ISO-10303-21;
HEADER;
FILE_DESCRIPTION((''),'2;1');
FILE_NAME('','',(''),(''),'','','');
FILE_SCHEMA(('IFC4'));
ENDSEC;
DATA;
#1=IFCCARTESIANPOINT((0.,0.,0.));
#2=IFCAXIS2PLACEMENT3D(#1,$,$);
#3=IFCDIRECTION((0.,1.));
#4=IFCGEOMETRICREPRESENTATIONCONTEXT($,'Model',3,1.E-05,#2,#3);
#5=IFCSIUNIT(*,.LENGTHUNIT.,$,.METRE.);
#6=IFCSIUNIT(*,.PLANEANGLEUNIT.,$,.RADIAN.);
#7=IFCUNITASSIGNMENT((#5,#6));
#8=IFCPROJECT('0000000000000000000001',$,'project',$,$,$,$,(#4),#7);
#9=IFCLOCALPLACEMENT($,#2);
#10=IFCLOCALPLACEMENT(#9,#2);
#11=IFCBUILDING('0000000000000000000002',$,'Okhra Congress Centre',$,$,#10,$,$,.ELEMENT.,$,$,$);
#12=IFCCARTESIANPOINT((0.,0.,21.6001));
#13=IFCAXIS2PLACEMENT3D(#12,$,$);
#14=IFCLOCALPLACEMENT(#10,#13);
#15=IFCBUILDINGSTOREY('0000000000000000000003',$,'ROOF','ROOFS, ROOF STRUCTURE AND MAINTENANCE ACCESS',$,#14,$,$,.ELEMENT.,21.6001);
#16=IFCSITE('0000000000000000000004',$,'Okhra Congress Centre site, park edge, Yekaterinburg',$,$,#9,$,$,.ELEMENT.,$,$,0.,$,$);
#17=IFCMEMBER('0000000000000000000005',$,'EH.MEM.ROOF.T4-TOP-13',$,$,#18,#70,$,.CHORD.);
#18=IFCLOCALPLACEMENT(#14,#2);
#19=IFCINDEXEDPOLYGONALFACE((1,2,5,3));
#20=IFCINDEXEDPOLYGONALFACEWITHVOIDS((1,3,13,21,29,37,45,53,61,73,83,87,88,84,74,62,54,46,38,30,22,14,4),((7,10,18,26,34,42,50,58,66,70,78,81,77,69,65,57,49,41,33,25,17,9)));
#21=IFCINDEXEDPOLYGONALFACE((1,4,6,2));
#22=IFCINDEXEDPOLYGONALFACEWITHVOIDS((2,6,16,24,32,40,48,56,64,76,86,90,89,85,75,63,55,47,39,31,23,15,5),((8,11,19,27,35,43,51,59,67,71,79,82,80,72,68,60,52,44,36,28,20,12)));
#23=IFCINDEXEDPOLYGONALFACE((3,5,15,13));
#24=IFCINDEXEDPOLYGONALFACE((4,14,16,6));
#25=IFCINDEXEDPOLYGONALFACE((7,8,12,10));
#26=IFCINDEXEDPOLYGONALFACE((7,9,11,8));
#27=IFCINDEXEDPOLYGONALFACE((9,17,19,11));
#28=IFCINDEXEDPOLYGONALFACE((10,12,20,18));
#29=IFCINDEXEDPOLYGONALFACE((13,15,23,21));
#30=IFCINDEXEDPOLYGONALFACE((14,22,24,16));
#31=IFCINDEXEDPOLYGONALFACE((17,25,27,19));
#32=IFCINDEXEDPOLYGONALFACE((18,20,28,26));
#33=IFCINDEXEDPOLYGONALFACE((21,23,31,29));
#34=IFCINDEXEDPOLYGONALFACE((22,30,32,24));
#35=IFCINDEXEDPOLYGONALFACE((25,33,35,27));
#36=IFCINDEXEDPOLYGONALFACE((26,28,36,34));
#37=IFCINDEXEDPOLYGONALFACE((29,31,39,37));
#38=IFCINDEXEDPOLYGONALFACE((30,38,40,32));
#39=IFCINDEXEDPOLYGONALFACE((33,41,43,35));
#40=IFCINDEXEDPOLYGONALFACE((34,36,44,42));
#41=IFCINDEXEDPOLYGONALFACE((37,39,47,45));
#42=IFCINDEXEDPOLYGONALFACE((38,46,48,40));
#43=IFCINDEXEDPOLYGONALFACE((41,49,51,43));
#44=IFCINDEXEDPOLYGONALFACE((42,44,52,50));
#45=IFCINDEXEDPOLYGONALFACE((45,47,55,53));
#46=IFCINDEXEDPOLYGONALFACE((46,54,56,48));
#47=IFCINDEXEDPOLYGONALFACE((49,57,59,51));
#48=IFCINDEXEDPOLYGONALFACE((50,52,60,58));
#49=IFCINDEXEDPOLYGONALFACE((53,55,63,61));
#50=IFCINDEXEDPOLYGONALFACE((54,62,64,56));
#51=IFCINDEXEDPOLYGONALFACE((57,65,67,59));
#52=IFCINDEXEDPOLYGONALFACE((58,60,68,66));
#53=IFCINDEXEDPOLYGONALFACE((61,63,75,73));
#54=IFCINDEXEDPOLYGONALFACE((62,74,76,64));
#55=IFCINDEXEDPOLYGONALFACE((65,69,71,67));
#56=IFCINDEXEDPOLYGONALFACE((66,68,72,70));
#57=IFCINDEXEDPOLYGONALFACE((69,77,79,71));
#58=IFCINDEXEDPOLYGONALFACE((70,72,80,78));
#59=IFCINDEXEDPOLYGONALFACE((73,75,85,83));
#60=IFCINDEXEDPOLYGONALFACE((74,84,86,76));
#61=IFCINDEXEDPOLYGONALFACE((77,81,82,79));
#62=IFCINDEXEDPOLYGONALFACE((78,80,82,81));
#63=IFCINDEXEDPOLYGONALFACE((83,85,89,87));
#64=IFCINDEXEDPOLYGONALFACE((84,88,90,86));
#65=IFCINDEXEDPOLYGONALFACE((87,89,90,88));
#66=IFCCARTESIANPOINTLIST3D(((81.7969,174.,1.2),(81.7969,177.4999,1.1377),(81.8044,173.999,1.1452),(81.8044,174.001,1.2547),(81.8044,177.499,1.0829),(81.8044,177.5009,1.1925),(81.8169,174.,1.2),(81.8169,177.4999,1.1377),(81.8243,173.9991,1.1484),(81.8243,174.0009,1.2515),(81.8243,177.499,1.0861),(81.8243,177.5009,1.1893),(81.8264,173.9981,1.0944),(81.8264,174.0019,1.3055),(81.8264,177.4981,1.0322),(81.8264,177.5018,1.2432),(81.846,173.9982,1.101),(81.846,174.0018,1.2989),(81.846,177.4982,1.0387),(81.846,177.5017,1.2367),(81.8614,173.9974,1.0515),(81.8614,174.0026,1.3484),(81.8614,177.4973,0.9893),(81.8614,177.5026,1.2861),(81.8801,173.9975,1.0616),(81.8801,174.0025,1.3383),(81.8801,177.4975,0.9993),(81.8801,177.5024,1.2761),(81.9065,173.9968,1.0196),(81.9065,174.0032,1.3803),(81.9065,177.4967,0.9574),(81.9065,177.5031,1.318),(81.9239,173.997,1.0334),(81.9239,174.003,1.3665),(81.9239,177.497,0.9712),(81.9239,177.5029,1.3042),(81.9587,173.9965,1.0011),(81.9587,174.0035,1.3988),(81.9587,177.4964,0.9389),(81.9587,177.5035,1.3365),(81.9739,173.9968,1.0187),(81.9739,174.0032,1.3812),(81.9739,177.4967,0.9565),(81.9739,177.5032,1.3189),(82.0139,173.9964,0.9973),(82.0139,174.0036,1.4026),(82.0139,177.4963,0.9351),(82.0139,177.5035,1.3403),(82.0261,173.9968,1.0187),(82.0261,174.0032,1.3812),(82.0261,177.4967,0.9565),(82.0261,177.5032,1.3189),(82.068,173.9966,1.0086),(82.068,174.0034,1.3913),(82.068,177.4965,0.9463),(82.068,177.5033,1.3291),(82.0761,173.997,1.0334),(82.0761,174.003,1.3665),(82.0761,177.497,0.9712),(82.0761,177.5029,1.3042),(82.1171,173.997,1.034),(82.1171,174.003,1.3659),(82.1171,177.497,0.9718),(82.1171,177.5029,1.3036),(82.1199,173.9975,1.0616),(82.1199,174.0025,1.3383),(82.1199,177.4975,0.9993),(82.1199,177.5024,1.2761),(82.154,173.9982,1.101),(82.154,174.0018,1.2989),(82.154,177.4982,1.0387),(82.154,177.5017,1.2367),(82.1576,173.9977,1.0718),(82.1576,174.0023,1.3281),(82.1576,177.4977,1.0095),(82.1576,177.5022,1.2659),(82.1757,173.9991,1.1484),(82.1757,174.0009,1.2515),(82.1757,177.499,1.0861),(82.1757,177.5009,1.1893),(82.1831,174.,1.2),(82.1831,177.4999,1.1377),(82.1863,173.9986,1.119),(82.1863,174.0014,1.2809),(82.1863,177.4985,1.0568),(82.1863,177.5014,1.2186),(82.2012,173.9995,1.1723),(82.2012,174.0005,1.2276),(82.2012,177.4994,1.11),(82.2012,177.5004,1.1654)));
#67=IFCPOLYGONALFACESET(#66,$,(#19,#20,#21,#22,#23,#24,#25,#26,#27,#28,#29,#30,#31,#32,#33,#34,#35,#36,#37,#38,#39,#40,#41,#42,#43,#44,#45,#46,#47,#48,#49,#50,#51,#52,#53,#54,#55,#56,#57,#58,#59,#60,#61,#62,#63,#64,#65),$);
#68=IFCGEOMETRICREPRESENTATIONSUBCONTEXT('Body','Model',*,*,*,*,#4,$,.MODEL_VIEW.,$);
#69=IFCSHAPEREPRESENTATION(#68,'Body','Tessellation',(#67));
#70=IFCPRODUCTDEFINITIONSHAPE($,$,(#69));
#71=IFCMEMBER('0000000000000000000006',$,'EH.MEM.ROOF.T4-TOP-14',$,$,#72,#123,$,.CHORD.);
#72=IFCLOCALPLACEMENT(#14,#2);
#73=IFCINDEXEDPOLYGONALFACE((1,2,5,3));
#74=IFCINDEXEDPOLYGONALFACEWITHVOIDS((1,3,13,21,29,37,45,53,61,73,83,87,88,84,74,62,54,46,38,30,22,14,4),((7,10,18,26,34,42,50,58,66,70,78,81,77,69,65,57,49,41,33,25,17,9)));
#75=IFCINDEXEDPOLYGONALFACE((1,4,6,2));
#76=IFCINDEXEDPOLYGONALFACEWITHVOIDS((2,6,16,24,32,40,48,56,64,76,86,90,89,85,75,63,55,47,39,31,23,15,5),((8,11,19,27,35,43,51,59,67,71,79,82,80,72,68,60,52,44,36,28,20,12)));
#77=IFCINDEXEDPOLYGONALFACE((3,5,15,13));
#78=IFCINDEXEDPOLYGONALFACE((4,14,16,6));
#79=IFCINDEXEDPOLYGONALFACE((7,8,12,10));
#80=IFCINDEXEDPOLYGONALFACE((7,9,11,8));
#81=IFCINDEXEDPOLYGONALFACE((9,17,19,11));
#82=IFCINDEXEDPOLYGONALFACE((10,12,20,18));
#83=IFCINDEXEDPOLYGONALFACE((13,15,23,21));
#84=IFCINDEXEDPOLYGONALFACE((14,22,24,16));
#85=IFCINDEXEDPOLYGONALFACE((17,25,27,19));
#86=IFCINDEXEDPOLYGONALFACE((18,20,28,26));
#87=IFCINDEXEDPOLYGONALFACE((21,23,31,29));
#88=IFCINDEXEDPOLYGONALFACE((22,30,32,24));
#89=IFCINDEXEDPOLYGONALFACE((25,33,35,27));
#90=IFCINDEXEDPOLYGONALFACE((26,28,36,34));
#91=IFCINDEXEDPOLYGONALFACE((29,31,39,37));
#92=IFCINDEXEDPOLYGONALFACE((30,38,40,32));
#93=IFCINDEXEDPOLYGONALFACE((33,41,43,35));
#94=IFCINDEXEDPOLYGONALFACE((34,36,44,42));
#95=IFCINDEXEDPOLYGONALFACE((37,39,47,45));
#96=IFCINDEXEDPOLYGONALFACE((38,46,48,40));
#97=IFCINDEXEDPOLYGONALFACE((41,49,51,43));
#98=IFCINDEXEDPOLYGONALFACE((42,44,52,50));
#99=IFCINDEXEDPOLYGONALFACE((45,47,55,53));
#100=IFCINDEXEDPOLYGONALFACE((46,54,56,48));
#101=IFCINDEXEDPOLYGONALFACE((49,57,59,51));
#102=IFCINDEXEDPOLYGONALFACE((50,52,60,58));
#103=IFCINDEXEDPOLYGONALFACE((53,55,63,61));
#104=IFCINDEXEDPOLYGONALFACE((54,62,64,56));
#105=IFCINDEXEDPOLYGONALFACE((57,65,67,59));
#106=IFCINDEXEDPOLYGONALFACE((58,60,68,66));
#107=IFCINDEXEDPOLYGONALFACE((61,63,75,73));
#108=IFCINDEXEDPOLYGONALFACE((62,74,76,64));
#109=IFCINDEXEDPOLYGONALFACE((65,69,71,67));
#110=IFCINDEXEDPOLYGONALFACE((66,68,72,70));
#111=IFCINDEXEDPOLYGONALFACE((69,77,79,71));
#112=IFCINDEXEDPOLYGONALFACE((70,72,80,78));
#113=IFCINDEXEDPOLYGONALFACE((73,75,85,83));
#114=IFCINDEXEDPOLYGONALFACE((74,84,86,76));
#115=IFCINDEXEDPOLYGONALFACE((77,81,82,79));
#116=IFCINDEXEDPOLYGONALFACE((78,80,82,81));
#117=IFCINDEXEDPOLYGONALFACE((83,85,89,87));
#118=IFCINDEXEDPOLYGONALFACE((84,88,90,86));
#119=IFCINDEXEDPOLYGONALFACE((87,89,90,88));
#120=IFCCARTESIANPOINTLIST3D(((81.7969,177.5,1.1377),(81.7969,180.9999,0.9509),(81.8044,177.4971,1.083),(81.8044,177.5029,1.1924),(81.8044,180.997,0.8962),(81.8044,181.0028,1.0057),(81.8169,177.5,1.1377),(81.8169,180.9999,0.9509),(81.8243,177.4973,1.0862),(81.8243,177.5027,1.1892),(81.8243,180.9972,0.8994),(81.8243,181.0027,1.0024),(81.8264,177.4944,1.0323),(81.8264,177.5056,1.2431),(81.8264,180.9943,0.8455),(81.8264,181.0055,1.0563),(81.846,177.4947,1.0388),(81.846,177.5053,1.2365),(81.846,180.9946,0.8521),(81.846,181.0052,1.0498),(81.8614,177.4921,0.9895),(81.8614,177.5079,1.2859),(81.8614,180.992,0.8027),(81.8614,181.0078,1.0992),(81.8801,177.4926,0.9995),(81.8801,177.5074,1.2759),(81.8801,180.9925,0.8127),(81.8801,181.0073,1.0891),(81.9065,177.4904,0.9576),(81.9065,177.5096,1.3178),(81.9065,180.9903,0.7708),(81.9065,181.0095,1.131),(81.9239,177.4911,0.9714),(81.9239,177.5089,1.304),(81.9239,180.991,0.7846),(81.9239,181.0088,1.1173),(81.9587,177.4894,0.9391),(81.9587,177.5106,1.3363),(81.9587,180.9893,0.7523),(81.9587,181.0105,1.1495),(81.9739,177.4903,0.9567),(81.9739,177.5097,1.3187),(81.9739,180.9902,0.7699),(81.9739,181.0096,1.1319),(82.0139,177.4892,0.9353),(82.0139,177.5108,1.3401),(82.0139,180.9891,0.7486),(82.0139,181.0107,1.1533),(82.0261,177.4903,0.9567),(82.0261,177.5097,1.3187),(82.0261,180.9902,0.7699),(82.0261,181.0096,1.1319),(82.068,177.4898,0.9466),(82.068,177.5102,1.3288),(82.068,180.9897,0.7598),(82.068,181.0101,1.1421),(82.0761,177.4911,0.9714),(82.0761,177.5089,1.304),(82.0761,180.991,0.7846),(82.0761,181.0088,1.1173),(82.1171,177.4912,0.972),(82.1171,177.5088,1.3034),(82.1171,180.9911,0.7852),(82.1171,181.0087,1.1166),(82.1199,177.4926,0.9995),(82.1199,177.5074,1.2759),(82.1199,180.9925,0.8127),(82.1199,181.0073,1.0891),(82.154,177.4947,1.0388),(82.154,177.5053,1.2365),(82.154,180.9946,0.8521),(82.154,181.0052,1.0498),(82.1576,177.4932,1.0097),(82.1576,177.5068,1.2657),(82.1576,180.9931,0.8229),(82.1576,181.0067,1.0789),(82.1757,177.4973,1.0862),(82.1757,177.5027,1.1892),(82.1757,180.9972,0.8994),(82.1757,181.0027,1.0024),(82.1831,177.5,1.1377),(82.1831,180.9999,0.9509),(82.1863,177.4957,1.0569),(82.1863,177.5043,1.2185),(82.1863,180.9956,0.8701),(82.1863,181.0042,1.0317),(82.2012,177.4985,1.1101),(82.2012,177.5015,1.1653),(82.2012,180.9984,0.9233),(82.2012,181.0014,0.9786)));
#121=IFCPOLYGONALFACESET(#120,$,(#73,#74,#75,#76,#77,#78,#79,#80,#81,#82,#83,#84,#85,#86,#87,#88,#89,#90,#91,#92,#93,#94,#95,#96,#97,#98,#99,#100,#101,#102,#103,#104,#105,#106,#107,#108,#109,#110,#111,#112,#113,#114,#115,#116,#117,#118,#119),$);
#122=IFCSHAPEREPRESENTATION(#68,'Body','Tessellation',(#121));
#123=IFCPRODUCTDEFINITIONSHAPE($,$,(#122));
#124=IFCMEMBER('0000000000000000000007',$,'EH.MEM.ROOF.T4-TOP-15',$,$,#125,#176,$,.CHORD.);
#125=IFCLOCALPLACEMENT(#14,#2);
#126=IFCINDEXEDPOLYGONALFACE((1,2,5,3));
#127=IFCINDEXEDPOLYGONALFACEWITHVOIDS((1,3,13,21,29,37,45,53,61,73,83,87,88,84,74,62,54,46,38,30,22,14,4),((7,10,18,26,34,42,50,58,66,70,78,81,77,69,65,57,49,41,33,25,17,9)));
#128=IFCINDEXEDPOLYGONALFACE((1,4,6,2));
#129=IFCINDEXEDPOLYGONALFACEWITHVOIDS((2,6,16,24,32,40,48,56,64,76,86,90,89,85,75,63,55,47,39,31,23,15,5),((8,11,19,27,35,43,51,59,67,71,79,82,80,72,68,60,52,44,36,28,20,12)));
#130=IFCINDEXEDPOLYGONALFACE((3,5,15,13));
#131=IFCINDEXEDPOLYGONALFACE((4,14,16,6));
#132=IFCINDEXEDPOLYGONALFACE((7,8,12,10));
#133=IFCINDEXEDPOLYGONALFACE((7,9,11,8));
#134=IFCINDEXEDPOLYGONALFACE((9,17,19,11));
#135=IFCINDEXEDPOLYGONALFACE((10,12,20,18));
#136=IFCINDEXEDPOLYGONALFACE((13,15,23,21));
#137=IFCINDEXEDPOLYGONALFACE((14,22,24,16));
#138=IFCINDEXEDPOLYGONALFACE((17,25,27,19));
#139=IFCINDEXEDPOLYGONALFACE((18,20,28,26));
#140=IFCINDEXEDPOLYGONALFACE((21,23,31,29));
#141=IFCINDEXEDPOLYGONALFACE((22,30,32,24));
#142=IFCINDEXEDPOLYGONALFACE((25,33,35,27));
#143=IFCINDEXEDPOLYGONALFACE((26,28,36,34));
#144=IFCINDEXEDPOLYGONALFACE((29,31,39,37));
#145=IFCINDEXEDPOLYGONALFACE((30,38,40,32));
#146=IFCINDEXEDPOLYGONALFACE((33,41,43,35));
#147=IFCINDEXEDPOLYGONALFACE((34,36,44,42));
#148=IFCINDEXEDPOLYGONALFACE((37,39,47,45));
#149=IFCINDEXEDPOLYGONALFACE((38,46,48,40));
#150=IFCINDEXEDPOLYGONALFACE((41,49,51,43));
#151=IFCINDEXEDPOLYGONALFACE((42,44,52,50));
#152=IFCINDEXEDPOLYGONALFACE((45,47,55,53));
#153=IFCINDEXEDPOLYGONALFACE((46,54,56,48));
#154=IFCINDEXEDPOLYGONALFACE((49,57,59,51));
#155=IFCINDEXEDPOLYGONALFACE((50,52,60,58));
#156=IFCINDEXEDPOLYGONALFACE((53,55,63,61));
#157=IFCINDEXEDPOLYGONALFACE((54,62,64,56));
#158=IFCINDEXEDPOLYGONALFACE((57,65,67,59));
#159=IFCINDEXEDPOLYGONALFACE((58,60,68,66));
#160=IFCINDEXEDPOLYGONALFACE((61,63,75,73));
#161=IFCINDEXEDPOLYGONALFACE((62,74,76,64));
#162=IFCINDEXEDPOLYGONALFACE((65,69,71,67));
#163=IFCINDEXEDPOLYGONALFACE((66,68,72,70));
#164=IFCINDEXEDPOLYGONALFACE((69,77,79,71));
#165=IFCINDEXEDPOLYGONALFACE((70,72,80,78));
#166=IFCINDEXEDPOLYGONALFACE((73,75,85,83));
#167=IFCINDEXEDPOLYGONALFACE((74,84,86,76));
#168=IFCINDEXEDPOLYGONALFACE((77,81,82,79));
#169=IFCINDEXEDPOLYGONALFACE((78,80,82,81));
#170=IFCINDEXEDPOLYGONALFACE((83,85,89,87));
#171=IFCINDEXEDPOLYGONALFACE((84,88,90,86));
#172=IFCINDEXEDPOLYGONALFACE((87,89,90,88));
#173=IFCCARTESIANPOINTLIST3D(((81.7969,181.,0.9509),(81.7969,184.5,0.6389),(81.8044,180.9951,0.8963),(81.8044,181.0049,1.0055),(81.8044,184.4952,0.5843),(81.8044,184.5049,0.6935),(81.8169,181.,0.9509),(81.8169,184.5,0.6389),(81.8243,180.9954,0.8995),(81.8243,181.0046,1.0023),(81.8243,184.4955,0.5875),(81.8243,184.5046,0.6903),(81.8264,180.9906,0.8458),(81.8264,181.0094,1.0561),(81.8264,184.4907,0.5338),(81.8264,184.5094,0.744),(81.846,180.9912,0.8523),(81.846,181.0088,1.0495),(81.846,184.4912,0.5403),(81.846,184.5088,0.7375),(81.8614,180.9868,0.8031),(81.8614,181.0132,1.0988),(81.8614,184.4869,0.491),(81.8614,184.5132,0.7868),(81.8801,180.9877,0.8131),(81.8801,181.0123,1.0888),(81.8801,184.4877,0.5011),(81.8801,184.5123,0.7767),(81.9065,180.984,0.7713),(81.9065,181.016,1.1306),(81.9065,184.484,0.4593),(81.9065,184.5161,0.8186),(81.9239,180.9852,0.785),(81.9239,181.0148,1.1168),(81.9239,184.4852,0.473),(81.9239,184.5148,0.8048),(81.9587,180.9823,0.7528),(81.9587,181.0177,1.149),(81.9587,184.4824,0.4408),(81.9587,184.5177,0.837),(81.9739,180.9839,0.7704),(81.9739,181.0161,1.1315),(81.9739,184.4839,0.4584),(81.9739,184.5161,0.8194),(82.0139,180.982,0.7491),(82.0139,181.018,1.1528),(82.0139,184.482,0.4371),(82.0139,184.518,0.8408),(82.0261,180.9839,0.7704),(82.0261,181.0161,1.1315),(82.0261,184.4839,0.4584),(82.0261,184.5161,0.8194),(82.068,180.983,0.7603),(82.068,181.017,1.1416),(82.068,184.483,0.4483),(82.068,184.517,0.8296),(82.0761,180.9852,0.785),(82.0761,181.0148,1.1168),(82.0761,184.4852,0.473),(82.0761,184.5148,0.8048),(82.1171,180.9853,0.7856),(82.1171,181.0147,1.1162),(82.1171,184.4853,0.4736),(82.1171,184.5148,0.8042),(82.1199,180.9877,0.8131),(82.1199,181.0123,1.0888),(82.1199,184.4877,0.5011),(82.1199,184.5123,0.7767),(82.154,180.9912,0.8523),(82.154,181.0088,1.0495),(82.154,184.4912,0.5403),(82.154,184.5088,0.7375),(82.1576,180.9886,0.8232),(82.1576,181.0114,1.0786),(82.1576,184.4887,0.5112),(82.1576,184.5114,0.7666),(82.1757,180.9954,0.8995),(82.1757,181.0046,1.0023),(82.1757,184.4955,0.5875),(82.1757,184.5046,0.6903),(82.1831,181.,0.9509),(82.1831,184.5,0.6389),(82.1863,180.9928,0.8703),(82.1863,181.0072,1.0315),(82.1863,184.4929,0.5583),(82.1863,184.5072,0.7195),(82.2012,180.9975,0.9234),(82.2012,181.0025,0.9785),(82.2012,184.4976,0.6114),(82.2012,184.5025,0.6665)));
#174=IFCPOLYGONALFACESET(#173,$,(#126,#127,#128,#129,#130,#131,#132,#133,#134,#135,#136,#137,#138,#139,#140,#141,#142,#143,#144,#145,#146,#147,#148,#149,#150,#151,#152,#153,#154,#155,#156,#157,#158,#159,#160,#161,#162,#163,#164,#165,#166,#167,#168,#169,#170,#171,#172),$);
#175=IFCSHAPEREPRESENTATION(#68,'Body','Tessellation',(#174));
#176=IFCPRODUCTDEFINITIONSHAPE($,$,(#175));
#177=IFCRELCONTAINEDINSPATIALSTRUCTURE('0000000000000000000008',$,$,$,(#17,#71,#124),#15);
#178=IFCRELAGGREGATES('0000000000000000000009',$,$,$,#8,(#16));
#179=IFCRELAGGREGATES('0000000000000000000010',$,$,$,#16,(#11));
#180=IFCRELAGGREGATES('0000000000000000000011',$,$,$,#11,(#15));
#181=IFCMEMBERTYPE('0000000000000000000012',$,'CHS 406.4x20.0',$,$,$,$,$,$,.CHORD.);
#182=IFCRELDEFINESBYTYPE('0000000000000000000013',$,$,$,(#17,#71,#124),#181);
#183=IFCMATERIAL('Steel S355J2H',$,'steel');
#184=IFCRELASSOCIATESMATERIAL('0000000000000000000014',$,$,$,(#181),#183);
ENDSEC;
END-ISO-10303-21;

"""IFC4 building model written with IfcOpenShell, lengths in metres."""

from ifc_helpers import new_model, si_unit, direction, frame, origin, origin_2d, place, context, subcontext, project, spatial, hollow_circle, extrude, material, material_profile, profile_set, type_object, element, save


model = new_model("IFC4")

# Units and contexts
model_context = context("Model", 3, precision=1e-05, world=origin(), true_north=direction((0.0, 1.0)))
body_context = subcontext(model_context, "Body", "Model", "MODEL_VIEW")
ifc_project = project(units=[si_unit("LENGTHUNIT", "METRE"), si_unit("PLANEANGLEUNIT", "RADIAN")], contexts=[model_context])

# Site, building, storey
site_placement = place(None, origin())
site = spatial("IfcSite", under=ifc_project, at=site_placement, Name="Okhra Congress Centre site, park edge, Yekaterinburg", CompositionType="ELEMENT", RefElevation=0.0)
building_placement = place(site_placement, origin())
building = spatial("IfcBuilding", under=site, at=building_placement, Name="Okhra Congress Centre", CompositionType="ELEMENT")
storey_placement = place(building_placement, frame((0.0, 0.0, 21.6001)))
storey = spatial("IfcBuildingStorey", under=building, at=storey_placement, Name="ROOF", Description="ROOFS, ROOF STRUCTURE AND MAINTENANCE ACCESS", CompositionType="ELEMENT", Elevation=21.6001)

# Members
ifc_material_1 = material(Name="Steel S355J2H", Category="steel")
ifc_material_profile_1 = material_profile(ifc_material_1, hollow_circle(Radius=0.2031, WallThickness=0.02, at=origin_2d()), Name="CHS 406.4x20.0")
ifc_profile_set_1 = profile_set([ifc_material_profile_1], Name="Steel S355J2H")
member_type_1 = type_object("IfcMemberType", Name="CHS 406.4x20.0", PredefinedType="CHORD", material=ifc_profile_set_1)
member_1_placement = place(storey_placement, frame((82.0, 174.0, 1.2), z_axis=(0.0, 0.999842, -0.017785), x_axis=(-1.0, 0.0, 0.0)))
element("IfcMember", 1, at=member_1_placement, inside=storey, type_object=member_type_1, Name="EH.MEM.ROOF.T4-TOP-13", PredefinedType="CHORD", context=body_context, shape_type="SweptSolid", body=[
    extrude(hollow_circle(Radius=0.2031, WallThickness=0.02, at=origin_2d()), origin(), (0.0, 0.0, 1.0), 3.5005),
])
member_2_placement = place(storey_placement, frame((82.0, 177.5, 1.1377), z_axis=(0.0, 0.998579, -0.053286), x_axis=(-1.0, 0.0, 0.0)))
element("IfcMember", 2, at=member_2_placement, inside=storey, type_object=member_type_1, Name="EH.MEM.ROOF.T4-TOP-14", PredefinedType="CHORD", context=body_context, shape_type="SweptSolid", body=[
    extrude(hollow_circle(Radius=0.2031, WallThickness=0.02, at=origin_2d()), origin(), (0.0, 0.0, 1.0), 3.5049),
])
member_3_placement = place(storey_placement, frame((82.0, 181.0, 0.9509), z_axis=(0.0, 0.99605, -0.088794), x_axis=(-1.0, 0.0, 0.0)))
element("IfcMember", 3, at=member_3_placement, inside=storey, type_object=member_type_1, Name="EH.MEM.ROOF.T4-TOP-15", PredefinedType="CHORD", context=body_context, shape_type="SweptSolid", body=[
    extrude(hollow_circle(Radius=0.2031, WallThickness=0.02, at=origin_2d()), origin(), (0.0, 0.0, 1.0), 3.5139),
])

save(model, "model.ifc")
